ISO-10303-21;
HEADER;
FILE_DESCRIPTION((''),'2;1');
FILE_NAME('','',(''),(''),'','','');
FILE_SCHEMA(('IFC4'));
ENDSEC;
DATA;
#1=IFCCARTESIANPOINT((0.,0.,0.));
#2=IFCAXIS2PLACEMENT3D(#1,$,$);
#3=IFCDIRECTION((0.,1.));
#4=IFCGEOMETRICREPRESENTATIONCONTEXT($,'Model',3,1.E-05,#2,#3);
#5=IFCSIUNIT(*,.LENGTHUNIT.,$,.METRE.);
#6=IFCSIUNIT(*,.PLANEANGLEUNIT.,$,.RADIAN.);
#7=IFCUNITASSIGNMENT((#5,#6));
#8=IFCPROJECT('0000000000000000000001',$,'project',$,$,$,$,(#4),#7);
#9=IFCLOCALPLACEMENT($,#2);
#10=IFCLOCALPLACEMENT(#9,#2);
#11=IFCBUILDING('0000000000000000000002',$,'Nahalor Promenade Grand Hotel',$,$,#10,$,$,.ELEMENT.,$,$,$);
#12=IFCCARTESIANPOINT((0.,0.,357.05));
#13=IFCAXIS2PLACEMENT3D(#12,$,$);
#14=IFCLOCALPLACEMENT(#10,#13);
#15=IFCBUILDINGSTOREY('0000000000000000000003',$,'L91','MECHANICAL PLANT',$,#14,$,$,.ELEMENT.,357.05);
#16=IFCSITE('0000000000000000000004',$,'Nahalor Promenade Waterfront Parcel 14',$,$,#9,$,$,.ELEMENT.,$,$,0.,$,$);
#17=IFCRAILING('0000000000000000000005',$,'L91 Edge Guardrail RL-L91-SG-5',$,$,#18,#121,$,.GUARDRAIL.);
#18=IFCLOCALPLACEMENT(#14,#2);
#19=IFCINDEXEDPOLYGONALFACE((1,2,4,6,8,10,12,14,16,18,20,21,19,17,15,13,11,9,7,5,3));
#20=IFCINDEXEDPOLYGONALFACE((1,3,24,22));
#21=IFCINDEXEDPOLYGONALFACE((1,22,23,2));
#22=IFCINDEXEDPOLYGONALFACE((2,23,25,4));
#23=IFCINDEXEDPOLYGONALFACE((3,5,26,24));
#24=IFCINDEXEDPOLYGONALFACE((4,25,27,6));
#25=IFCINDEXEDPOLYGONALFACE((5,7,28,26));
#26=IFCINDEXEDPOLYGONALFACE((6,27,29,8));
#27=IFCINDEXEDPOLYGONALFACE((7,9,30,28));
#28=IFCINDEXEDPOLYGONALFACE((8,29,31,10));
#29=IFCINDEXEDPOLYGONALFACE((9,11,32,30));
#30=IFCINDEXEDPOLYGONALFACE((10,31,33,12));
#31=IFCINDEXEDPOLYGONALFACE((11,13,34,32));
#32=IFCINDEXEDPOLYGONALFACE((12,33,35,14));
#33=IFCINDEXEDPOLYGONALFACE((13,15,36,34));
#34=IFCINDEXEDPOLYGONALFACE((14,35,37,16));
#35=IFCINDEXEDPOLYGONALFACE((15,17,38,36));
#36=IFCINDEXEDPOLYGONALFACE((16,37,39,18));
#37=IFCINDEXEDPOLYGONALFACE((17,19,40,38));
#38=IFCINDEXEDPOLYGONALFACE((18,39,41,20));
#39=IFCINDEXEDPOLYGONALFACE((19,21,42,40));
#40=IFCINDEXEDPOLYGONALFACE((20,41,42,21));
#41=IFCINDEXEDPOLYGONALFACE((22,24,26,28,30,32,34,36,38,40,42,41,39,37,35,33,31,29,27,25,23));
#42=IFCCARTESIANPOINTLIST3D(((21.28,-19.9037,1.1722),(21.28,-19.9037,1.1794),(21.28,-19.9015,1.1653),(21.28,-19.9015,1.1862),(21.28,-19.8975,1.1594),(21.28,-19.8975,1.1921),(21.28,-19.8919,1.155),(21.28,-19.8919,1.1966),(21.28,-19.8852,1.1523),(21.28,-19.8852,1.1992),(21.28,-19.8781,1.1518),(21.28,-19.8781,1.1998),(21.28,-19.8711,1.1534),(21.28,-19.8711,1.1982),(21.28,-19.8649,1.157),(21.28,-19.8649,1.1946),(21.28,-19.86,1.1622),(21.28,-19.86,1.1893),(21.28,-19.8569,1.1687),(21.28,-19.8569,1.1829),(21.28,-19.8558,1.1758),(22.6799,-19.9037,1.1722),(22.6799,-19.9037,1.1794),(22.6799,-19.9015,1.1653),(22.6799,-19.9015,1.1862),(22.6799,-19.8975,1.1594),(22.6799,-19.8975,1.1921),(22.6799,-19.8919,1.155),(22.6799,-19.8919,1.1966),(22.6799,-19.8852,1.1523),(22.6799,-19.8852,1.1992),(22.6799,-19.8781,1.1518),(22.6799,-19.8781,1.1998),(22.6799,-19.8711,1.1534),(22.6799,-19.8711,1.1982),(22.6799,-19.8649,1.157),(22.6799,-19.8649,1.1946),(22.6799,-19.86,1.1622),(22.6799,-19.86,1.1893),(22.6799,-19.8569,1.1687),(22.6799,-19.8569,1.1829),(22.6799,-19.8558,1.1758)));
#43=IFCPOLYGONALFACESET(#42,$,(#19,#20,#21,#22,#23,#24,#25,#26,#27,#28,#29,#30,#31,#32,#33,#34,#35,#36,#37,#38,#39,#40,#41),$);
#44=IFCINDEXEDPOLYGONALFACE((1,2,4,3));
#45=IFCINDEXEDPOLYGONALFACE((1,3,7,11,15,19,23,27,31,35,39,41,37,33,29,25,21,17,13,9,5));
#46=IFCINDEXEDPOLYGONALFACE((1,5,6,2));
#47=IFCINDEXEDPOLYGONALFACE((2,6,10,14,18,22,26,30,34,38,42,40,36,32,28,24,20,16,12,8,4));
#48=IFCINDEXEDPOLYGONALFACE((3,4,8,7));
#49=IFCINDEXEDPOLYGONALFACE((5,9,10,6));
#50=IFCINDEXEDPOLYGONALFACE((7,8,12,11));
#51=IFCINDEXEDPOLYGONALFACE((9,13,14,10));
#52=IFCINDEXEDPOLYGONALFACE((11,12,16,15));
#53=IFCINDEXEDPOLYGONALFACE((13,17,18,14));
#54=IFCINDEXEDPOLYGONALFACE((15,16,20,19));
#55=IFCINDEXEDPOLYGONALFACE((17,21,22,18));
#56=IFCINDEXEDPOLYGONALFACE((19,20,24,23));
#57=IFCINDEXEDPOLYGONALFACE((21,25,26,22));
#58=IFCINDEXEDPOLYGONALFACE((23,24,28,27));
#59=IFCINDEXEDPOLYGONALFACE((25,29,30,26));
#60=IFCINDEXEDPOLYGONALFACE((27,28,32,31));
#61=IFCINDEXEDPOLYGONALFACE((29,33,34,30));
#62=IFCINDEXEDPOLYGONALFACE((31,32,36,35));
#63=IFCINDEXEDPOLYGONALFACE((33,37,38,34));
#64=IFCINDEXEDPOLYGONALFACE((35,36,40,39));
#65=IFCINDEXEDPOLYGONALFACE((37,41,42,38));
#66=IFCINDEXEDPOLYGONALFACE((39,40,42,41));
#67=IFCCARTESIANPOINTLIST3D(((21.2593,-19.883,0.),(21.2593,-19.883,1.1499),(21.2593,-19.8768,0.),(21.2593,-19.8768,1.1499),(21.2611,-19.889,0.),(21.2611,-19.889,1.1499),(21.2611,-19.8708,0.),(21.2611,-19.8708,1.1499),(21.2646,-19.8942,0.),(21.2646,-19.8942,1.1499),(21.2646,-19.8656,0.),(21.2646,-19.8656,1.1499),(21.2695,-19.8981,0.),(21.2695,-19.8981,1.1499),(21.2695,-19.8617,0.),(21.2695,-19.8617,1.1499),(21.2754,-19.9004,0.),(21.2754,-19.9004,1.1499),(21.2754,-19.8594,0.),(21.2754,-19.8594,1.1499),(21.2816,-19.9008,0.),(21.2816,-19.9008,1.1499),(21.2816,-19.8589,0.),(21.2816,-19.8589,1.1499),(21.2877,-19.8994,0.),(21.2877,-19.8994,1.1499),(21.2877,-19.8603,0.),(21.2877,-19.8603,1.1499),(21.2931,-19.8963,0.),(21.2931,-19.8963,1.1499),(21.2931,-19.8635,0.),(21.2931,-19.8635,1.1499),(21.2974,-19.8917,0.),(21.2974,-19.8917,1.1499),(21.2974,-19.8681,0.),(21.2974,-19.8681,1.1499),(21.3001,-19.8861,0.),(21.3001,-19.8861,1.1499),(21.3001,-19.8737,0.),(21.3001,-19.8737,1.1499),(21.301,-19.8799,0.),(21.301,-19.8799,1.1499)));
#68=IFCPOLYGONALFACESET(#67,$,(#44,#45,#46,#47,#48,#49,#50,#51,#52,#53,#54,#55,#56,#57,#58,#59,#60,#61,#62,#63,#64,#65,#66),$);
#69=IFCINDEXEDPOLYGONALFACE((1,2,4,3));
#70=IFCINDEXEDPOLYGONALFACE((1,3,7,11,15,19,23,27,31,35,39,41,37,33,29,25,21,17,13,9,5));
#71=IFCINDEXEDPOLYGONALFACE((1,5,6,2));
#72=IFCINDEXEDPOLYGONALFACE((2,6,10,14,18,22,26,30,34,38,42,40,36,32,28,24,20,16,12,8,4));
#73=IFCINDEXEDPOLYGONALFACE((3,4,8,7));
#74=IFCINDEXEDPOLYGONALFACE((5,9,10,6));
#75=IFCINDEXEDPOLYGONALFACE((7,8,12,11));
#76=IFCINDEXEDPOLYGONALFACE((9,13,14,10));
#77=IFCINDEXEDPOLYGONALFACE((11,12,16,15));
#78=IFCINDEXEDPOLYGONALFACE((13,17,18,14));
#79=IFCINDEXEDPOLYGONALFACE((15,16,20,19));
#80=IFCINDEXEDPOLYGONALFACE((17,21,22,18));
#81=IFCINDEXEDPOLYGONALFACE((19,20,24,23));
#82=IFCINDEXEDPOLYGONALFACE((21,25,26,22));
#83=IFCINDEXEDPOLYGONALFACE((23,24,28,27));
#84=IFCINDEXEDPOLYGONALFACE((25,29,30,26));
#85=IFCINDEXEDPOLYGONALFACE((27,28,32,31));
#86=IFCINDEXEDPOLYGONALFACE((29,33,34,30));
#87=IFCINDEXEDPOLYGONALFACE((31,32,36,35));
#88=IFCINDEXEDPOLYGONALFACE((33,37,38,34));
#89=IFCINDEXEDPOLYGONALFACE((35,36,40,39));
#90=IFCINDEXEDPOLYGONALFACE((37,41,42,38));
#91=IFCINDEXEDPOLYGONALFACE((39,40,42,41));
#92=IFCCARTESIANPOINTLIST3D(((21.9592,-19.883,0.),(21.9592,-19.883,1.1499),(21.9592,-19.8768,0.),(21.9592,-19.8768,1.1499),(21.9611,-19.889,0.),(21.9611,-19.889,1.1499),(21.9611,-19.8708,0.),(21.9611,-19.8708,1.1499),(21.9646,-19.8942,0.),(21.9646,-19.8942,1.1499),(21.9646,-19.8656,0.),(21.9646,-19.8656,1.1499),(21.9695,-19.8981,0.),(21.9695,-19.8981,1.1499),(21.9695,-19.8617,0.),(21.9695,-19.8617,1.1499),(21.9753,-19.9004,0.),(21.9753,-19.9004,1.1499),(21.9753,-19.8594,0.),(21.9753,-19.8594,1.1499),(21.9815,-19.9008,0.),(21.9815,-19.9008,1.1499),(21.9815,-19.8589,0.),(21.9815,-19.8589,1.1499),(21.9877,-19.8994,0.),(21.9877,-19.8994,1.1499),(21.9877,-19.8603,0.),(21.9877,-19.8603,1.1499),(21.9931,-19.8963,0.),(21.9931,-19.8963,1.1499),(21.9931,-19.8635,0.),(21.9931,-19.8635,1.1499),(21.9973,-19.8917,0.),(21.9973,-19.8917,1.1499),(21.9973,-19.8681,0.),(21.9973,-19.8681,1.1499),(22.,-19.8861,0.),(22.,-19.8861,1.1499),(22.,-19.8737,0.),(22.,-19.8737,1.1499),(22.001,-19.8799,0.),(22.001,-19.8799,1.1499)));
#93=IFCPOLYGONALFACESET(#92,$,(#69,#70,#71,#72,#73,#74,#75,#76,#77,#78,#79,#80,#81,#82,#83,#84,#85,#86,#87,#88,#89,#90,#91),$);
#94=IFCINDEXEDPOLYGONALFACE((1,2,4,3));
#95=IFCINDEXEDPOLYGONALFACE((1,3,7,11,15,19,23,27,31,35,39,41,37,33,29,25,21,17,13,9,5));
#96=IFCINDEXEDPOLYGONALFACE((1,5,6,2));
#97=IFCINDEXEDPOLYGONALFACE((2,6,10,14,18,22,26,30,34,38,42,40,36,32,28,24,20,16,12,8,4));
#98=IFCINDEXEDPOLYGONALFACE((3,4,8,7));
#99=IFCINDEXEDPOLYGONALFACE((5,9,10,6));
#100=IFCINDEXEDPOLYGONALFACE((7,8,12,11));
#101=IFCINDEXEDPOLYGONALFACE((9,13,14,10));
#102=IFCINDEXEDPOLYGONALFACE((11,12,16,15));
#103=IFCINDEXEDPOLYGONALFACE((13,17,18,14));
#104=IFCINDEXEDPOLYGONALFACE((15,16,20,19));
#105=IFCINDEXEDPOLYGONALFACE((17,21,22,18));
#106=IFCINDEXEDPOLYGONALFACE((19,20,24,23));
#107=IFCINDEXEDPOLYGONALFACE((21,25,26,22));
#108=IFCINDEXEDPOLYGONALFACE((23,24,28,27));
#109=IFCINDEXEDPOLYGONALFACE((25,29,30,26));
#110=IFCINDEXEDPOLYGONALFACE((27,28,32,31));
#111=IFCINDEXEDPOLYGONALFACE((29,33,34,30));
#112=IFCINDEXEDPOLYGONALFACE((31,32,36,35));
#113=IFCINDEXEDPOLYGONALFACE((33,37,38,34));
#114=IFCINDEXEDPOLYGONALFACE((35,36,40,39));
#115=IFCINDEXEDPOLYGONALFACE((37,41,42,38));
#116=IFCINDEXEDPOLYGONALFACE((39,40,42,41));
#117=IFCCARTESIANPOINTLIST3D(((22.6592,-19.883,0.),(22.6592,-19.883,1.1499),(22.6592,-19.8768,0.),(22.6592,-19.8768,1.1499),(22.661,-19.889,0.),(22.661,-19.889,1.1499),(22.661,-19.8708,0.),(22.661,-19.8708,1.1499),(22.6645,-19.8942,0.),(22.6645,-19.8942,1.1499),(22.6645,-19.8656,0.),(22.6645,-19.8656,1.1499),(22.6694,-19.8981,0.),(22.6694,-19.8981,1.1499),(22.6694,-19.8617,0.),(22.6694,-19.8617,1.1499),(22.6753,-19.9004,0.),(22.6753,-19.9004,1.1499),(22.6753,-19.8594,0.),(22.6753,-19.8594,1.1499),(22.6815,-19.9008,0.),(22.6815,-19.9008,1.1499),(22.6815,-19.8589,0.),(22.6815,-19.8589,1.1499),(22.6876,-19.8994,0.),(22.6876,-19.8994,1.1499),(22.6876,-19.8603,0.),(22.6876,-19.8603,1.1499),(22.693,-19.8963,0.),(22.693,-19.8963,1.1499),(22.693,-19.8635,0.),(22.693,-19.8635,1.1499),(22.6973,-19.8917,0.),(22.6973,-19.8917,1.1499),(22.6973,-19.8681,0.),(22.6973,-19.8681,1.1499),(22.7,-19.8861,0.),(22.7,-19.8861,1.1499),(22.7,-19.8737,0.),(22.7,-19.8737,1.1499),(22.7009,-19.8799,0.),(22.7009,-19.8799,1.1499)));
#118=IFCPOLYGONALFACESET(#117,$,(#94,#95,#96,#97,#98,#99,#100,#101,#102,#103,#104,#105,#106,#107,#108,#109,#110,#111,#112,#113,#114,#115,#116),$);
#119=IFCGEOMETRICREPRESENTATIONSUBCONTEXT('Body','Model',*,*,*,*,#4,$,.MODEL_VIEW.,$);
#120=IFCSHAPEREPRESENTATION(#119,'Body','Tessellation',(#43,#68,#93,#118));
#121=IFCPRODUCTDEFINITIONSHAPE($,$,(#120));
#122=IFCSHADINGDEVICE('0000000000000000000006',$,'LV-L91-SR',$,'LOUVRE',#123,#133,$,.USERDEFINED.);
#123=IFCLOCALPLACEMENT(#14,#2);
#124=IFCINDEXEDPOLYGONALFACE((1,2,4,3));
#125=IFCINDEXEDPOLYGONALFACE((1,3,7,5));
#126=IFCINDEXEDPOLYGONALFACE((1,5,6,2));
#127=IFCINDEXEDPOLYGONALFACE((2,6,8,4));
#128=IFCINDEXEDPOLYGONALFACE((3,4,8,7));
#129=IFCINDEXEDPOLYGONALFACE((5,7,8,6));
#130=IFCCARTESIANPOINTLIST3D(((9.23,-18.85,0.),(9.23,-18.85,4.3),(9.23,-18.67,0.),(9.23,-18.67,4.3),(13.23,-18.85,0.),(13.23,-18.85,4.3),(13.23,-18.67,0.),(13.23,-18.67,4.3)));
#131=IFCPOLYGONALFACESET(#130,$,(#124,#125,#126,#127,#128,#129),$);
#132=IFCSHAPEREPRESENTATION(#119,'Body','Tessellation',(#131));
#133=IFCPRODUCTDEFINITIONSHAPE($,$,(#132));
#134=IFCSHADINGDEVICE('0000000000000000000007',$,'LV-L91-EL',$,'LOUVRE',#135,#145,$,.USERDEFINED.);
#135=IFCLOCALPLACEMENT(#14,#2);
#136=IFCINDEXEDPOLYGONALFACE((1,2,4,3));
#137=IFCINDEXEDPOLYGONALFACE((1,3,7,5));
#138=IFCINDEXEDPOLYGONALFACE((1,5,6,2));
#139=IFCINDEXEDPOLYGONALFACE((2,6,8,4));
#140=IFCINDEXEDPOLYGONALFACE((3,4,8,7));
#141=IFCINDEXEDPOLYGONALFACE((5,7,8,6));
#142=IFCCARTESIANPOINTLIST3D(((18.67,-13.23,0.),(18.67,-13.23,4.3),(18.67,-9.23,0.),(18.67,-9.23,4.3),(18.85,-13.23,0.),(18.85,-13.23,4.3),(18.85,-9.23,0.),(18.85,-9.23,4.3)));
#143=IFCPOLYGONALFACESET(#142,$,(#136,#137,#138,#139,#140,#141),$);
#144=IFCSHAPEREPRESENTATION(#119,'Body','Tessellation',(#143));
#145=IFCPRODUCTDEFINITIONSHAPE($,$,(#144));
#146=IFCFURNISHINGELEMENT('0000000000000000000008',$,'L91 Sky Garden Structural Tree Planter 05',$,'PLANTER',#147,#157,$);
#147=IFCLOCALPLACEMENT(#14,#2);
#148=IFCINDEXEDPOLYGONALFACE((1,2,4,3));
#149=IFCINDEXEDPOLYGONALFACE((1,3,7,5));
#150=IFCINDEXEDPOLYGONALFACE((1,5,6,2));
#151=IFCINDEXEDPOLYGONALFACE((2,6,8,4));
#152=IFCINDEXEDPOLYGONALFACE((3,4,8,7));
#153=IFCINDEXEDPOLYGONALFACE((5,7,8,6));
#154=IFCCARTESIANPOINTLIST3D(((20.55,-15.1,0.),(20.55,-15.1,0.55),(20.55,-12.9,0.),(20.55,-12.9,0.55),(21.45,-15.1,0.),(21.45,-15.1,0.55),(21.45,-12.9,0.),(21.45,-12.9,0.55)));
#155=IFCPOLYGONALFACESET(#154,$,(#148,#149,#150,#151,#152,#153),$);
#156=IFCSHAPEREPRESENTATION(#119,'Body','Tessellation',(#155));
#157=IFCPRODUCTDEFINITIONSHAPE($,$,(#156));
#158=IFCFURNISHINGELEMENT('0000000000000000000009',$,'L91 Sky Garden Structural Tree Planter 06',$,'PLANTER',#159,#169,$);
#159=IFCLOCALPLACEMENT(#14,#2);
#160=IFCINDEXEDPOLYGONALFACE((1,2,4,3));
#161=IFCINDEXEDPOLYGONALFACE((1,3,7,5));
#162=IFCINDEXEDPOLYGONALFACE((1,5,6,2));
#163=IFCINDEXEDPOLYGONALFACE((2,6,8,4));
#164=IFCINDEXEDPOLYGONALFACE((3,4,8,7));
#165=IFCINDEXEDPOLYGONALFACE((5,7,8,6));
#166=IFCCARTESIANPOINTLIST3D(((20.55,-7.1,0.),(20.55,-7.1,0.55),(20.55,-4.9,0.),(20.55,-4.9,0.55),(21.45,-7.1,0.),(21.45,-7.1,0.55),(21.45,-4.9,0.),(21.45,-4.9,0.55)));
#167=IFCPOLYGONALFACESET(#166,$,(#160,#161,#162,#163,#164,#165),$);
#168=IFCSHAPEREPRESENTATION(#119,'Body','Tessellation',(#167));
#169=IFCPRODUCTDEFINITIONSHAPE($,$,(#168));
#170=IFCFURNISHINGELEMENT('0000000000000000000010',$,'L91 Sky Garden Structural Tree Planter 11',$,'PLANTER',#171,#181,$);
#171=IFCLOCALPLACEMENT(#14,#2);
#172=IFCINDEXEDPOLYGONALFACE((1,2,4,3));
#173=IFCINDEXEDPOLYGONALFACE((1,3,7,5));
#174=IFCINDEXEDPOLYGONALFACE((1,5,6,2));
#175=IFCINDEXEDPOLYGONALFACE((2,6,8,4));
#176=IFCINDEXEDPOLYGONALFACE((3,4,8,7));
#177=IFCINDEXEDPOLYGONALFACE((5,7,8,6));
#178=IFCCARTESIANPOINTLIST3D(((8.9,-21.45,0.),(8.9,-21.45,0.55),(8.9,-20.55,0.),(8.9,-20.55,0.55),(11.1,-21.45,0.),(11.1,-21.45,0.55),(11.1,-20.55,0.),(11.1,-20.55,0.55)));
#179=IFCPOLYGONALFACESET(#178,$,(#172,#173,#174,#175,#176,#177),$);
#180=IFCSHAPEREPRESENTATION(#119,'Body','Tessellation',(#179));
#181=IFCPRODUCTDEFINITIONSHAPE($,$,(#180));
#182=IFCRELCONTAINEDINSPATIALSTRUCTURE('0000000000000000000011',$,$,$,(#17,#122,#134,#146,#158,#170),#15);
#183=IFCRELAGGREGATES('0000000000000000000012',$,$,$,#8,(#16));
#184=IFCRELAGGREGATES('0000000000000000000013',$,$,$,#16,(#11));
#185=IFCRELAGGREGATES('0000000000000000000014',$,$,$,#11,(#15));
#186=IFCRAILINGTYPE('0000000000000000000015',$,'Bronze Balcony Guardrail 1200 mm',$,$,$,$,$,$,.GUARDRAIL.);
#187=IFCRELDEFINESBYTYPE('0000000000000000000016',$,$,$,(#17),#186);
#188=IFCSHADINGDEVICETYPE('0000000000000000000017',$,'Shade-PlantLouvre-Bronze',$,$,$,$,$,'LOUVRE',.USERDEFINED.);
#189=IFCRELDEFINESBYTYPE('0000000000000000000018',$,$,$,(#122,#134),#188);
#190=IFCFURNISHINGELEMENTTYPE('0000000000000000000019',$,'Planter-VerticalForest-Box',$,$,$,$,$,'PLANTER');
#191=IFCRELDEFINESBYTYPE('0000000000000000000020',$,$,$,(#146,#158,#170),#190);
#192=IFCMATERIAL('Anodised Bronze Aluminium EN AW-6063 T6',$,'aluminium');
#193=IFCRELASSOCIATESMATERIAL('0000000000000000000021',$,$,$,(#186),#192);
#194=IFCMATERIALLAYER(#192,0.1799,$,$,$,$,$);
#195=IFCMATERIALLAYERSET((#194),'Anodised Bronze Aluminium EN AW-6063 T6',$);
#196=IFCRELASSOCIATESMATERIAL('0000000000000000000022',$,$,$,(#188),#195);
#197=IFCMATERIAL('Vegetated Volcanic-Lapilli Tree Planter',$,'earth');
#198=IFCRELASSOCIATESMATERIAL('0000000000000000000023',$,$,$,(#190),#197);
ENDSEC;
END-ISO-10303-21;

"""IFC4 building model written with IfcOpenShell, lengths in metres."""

from ifc_helpers import new_model, si_unit, direction, frame, origin, origin_2d, place, context, subcontext, project, spatial, rectangle, circle, extrude, source, transform, mapped, material, layer, layer_set, type_object, element, save


model = new_model("IFC4")

# Units and contexts
model_context = context("Model", 3, precision=1e-05, world=origin(), true_north=direction((0.0, 1.0)))
body_context = subcontext(model_context, "Body", "Model", "MODEL_VIEW")
ifc_project = project(units=[si_unit("LENGTHUNIT", "METRE"), si_unit("PLANEANGLEUNIT", "RADIAN")], contexts=[model_context])

# Site, building, storey
site_placement = place(None, origin())
site = spatial("IfcSite", under=ifc_project, at=site_placement, Name="Nahalor Promenade Waterfront Parcel 14", CompositionType="ELEMENT", RefElevation=0.0)
building_placement = place(site_placement, origin())
building = spatial("IfcBuilding", under=site, at=building_placement, Name="Nahalor Promenade Grand Hotel", CompositionType="ELEMENT")
storey_placement = place(building_placement, frame((0.0, 0.0, 357.05)))
storey = spatial("IfcBuildingStorey", under=building, at=storey_placement, Name="L91", Description="MECHANICAL PLANT", CompositionType="ELEMENT", Elevation=357.05)

# Shared definitions
ifc_material_1 = material(Name="Anodised Bronze Aluminium EN AW-6063 T6", Category="aluminium")

# Railing
railing_type = type_object("IfcRailingType", Name="Bronze Balcony Guardrail 1200 mm", PredefinedType="GUARDRAIL", material=ifc_material_1)
railing_1_placement = place(storey_placement, frame((21.28, -19.8799, 0.0)))
element("IfcRailing", 1, at=railing_1_placement, inside=storey, type_object=railing_type, Name="L91 Edge Guardrail RL-L91-SG-5", PredefinedType="GUARDRAIL", context=body_context, shape_type="SweptSolid", body=[
    extrude(circle(Radius=0.024, at=origin_2d()), frame((0.0, 0.0, 1.1758), z_axis=(1.0, 0.0, 0.0), x_axis=(0.0, 1.0, 0.0)), (0.0, 0.0, 1.0), 1.3999),
    extrude(circle(Radius=0.021, at=origin_2d()), origin(), (0.0, 0.0, 1.0), 1.1499),
    extrude(circle(Radius=0.021, at=origin_2d()), frame((0.7, 0.0, 0.0)), (0.0, 0.0, 1.0), 1.1499),
    extrude(circle(Radius=0.021, at=origin_2d()), frame((1.3999, 0.0, 0.0)), (0.0, 0.0, 1.0), 1.1499),
])

# Shading devices
ifc_layer_1 = layer(ifc_material_1, 0.1799)
ifc_layer_set_1 = layer_set([ifc_layer_1], Name="Anodised Bronze Aluminium EN AW-6063 T6")
shading_device_type = type_object("IfcShadingDeviceType", Name="Shade-PlantLouvre-Bronze", ElementType="LOUVRE", PredefinedType="USERDEFINED", material=ifc_layer_set_1)
shared_shape_1 = source(origin(), body_context, "Body", "SweptSolid", [
    extrude(rectangle(XDim=4.0, YDim=0.1799, at=origin_2d()), origin(), (0.0, 0.0, 1.0), 4.3),
])
for number, where, z_axis, x_axis, name in (
    (2, (11.23, -18.76, 0.0), (0.0, 0.0, 1.0), (1.0, 0.0, 0.0), "LV-L91-SR"),
    (3, (18.76, -11.23, 0.0), (0.0, 0.0, 1.0), (0.0, 1.0, 0.0), "LV-L91-EL"),
):
    element("IfcShadingDevice", number, at=place(storey_placement, frame(where, z_axis=z_axis, x_axis=x_axis)), inside=storey, type_object=shading_device_type, Name=name, ObjectType="LOUVRE", PredefinedType="USERDEFINED", context=body_context, shape_type="MappedRepresentation", body=[
        mapped(shared_shape_1, transform((0.0, 0.0, 0.0), scale=1.0)),
    ])

# Furnishing elements
ifc_material_2 = material(Name="Vegetated Volcanic-Lapilli Tree Planter", Category="earth")
furnishing_element_type = type_object("IfcFurnishingElementType", Name="Planter-VerticalForest-Box", ElementType="PLANTER", material=ifc_material_2)
shared_shape_2 = source(origin(), body_context, "Body", "SweptSolid", [
    extrude(rectangle(XDim=2.2, YDim=0.8999, at=origin_2d()), origin(), (0.0, 0.0, 1.0), 0.55),
])
for number, where, z_axis, x_axis, name in (
    (4, (21.0, -14.0, 0.0), (0.0, 0.0, 1.0), (0.0, 1.0, 0.0), "L91 Sky Garden Structural Tree Planter 05"),
    (5, (21.0, -6.0, 0.0), (0.0, 0.0, 1.0), (0.0, 1.0, 0.0), "L91 Sky Garden Structural Tree Planter 06"),
    (6, (10.0, -21.0, 0.0), (0.0, 0.0, 1.0), (1.0, 0.0, 0.0), "L91 Sky Garden Structural Tree Planter 11"),
):
    element("IfcFurnishingElement", number, at=place(storey_placement, frame(where, z_axis=z_axis, x_axis=x_axis)), inside=storey, type_object=furnishing_element_type, Name=name, ObjectType="PLANTER", context=body_context, shape_type="MappedRepresentation", body=[
        mapped(shared_shape_2, transform((0.0, 0.0, 0.0), scale=1.0)),
    ])

save(model, "model.ifc")
